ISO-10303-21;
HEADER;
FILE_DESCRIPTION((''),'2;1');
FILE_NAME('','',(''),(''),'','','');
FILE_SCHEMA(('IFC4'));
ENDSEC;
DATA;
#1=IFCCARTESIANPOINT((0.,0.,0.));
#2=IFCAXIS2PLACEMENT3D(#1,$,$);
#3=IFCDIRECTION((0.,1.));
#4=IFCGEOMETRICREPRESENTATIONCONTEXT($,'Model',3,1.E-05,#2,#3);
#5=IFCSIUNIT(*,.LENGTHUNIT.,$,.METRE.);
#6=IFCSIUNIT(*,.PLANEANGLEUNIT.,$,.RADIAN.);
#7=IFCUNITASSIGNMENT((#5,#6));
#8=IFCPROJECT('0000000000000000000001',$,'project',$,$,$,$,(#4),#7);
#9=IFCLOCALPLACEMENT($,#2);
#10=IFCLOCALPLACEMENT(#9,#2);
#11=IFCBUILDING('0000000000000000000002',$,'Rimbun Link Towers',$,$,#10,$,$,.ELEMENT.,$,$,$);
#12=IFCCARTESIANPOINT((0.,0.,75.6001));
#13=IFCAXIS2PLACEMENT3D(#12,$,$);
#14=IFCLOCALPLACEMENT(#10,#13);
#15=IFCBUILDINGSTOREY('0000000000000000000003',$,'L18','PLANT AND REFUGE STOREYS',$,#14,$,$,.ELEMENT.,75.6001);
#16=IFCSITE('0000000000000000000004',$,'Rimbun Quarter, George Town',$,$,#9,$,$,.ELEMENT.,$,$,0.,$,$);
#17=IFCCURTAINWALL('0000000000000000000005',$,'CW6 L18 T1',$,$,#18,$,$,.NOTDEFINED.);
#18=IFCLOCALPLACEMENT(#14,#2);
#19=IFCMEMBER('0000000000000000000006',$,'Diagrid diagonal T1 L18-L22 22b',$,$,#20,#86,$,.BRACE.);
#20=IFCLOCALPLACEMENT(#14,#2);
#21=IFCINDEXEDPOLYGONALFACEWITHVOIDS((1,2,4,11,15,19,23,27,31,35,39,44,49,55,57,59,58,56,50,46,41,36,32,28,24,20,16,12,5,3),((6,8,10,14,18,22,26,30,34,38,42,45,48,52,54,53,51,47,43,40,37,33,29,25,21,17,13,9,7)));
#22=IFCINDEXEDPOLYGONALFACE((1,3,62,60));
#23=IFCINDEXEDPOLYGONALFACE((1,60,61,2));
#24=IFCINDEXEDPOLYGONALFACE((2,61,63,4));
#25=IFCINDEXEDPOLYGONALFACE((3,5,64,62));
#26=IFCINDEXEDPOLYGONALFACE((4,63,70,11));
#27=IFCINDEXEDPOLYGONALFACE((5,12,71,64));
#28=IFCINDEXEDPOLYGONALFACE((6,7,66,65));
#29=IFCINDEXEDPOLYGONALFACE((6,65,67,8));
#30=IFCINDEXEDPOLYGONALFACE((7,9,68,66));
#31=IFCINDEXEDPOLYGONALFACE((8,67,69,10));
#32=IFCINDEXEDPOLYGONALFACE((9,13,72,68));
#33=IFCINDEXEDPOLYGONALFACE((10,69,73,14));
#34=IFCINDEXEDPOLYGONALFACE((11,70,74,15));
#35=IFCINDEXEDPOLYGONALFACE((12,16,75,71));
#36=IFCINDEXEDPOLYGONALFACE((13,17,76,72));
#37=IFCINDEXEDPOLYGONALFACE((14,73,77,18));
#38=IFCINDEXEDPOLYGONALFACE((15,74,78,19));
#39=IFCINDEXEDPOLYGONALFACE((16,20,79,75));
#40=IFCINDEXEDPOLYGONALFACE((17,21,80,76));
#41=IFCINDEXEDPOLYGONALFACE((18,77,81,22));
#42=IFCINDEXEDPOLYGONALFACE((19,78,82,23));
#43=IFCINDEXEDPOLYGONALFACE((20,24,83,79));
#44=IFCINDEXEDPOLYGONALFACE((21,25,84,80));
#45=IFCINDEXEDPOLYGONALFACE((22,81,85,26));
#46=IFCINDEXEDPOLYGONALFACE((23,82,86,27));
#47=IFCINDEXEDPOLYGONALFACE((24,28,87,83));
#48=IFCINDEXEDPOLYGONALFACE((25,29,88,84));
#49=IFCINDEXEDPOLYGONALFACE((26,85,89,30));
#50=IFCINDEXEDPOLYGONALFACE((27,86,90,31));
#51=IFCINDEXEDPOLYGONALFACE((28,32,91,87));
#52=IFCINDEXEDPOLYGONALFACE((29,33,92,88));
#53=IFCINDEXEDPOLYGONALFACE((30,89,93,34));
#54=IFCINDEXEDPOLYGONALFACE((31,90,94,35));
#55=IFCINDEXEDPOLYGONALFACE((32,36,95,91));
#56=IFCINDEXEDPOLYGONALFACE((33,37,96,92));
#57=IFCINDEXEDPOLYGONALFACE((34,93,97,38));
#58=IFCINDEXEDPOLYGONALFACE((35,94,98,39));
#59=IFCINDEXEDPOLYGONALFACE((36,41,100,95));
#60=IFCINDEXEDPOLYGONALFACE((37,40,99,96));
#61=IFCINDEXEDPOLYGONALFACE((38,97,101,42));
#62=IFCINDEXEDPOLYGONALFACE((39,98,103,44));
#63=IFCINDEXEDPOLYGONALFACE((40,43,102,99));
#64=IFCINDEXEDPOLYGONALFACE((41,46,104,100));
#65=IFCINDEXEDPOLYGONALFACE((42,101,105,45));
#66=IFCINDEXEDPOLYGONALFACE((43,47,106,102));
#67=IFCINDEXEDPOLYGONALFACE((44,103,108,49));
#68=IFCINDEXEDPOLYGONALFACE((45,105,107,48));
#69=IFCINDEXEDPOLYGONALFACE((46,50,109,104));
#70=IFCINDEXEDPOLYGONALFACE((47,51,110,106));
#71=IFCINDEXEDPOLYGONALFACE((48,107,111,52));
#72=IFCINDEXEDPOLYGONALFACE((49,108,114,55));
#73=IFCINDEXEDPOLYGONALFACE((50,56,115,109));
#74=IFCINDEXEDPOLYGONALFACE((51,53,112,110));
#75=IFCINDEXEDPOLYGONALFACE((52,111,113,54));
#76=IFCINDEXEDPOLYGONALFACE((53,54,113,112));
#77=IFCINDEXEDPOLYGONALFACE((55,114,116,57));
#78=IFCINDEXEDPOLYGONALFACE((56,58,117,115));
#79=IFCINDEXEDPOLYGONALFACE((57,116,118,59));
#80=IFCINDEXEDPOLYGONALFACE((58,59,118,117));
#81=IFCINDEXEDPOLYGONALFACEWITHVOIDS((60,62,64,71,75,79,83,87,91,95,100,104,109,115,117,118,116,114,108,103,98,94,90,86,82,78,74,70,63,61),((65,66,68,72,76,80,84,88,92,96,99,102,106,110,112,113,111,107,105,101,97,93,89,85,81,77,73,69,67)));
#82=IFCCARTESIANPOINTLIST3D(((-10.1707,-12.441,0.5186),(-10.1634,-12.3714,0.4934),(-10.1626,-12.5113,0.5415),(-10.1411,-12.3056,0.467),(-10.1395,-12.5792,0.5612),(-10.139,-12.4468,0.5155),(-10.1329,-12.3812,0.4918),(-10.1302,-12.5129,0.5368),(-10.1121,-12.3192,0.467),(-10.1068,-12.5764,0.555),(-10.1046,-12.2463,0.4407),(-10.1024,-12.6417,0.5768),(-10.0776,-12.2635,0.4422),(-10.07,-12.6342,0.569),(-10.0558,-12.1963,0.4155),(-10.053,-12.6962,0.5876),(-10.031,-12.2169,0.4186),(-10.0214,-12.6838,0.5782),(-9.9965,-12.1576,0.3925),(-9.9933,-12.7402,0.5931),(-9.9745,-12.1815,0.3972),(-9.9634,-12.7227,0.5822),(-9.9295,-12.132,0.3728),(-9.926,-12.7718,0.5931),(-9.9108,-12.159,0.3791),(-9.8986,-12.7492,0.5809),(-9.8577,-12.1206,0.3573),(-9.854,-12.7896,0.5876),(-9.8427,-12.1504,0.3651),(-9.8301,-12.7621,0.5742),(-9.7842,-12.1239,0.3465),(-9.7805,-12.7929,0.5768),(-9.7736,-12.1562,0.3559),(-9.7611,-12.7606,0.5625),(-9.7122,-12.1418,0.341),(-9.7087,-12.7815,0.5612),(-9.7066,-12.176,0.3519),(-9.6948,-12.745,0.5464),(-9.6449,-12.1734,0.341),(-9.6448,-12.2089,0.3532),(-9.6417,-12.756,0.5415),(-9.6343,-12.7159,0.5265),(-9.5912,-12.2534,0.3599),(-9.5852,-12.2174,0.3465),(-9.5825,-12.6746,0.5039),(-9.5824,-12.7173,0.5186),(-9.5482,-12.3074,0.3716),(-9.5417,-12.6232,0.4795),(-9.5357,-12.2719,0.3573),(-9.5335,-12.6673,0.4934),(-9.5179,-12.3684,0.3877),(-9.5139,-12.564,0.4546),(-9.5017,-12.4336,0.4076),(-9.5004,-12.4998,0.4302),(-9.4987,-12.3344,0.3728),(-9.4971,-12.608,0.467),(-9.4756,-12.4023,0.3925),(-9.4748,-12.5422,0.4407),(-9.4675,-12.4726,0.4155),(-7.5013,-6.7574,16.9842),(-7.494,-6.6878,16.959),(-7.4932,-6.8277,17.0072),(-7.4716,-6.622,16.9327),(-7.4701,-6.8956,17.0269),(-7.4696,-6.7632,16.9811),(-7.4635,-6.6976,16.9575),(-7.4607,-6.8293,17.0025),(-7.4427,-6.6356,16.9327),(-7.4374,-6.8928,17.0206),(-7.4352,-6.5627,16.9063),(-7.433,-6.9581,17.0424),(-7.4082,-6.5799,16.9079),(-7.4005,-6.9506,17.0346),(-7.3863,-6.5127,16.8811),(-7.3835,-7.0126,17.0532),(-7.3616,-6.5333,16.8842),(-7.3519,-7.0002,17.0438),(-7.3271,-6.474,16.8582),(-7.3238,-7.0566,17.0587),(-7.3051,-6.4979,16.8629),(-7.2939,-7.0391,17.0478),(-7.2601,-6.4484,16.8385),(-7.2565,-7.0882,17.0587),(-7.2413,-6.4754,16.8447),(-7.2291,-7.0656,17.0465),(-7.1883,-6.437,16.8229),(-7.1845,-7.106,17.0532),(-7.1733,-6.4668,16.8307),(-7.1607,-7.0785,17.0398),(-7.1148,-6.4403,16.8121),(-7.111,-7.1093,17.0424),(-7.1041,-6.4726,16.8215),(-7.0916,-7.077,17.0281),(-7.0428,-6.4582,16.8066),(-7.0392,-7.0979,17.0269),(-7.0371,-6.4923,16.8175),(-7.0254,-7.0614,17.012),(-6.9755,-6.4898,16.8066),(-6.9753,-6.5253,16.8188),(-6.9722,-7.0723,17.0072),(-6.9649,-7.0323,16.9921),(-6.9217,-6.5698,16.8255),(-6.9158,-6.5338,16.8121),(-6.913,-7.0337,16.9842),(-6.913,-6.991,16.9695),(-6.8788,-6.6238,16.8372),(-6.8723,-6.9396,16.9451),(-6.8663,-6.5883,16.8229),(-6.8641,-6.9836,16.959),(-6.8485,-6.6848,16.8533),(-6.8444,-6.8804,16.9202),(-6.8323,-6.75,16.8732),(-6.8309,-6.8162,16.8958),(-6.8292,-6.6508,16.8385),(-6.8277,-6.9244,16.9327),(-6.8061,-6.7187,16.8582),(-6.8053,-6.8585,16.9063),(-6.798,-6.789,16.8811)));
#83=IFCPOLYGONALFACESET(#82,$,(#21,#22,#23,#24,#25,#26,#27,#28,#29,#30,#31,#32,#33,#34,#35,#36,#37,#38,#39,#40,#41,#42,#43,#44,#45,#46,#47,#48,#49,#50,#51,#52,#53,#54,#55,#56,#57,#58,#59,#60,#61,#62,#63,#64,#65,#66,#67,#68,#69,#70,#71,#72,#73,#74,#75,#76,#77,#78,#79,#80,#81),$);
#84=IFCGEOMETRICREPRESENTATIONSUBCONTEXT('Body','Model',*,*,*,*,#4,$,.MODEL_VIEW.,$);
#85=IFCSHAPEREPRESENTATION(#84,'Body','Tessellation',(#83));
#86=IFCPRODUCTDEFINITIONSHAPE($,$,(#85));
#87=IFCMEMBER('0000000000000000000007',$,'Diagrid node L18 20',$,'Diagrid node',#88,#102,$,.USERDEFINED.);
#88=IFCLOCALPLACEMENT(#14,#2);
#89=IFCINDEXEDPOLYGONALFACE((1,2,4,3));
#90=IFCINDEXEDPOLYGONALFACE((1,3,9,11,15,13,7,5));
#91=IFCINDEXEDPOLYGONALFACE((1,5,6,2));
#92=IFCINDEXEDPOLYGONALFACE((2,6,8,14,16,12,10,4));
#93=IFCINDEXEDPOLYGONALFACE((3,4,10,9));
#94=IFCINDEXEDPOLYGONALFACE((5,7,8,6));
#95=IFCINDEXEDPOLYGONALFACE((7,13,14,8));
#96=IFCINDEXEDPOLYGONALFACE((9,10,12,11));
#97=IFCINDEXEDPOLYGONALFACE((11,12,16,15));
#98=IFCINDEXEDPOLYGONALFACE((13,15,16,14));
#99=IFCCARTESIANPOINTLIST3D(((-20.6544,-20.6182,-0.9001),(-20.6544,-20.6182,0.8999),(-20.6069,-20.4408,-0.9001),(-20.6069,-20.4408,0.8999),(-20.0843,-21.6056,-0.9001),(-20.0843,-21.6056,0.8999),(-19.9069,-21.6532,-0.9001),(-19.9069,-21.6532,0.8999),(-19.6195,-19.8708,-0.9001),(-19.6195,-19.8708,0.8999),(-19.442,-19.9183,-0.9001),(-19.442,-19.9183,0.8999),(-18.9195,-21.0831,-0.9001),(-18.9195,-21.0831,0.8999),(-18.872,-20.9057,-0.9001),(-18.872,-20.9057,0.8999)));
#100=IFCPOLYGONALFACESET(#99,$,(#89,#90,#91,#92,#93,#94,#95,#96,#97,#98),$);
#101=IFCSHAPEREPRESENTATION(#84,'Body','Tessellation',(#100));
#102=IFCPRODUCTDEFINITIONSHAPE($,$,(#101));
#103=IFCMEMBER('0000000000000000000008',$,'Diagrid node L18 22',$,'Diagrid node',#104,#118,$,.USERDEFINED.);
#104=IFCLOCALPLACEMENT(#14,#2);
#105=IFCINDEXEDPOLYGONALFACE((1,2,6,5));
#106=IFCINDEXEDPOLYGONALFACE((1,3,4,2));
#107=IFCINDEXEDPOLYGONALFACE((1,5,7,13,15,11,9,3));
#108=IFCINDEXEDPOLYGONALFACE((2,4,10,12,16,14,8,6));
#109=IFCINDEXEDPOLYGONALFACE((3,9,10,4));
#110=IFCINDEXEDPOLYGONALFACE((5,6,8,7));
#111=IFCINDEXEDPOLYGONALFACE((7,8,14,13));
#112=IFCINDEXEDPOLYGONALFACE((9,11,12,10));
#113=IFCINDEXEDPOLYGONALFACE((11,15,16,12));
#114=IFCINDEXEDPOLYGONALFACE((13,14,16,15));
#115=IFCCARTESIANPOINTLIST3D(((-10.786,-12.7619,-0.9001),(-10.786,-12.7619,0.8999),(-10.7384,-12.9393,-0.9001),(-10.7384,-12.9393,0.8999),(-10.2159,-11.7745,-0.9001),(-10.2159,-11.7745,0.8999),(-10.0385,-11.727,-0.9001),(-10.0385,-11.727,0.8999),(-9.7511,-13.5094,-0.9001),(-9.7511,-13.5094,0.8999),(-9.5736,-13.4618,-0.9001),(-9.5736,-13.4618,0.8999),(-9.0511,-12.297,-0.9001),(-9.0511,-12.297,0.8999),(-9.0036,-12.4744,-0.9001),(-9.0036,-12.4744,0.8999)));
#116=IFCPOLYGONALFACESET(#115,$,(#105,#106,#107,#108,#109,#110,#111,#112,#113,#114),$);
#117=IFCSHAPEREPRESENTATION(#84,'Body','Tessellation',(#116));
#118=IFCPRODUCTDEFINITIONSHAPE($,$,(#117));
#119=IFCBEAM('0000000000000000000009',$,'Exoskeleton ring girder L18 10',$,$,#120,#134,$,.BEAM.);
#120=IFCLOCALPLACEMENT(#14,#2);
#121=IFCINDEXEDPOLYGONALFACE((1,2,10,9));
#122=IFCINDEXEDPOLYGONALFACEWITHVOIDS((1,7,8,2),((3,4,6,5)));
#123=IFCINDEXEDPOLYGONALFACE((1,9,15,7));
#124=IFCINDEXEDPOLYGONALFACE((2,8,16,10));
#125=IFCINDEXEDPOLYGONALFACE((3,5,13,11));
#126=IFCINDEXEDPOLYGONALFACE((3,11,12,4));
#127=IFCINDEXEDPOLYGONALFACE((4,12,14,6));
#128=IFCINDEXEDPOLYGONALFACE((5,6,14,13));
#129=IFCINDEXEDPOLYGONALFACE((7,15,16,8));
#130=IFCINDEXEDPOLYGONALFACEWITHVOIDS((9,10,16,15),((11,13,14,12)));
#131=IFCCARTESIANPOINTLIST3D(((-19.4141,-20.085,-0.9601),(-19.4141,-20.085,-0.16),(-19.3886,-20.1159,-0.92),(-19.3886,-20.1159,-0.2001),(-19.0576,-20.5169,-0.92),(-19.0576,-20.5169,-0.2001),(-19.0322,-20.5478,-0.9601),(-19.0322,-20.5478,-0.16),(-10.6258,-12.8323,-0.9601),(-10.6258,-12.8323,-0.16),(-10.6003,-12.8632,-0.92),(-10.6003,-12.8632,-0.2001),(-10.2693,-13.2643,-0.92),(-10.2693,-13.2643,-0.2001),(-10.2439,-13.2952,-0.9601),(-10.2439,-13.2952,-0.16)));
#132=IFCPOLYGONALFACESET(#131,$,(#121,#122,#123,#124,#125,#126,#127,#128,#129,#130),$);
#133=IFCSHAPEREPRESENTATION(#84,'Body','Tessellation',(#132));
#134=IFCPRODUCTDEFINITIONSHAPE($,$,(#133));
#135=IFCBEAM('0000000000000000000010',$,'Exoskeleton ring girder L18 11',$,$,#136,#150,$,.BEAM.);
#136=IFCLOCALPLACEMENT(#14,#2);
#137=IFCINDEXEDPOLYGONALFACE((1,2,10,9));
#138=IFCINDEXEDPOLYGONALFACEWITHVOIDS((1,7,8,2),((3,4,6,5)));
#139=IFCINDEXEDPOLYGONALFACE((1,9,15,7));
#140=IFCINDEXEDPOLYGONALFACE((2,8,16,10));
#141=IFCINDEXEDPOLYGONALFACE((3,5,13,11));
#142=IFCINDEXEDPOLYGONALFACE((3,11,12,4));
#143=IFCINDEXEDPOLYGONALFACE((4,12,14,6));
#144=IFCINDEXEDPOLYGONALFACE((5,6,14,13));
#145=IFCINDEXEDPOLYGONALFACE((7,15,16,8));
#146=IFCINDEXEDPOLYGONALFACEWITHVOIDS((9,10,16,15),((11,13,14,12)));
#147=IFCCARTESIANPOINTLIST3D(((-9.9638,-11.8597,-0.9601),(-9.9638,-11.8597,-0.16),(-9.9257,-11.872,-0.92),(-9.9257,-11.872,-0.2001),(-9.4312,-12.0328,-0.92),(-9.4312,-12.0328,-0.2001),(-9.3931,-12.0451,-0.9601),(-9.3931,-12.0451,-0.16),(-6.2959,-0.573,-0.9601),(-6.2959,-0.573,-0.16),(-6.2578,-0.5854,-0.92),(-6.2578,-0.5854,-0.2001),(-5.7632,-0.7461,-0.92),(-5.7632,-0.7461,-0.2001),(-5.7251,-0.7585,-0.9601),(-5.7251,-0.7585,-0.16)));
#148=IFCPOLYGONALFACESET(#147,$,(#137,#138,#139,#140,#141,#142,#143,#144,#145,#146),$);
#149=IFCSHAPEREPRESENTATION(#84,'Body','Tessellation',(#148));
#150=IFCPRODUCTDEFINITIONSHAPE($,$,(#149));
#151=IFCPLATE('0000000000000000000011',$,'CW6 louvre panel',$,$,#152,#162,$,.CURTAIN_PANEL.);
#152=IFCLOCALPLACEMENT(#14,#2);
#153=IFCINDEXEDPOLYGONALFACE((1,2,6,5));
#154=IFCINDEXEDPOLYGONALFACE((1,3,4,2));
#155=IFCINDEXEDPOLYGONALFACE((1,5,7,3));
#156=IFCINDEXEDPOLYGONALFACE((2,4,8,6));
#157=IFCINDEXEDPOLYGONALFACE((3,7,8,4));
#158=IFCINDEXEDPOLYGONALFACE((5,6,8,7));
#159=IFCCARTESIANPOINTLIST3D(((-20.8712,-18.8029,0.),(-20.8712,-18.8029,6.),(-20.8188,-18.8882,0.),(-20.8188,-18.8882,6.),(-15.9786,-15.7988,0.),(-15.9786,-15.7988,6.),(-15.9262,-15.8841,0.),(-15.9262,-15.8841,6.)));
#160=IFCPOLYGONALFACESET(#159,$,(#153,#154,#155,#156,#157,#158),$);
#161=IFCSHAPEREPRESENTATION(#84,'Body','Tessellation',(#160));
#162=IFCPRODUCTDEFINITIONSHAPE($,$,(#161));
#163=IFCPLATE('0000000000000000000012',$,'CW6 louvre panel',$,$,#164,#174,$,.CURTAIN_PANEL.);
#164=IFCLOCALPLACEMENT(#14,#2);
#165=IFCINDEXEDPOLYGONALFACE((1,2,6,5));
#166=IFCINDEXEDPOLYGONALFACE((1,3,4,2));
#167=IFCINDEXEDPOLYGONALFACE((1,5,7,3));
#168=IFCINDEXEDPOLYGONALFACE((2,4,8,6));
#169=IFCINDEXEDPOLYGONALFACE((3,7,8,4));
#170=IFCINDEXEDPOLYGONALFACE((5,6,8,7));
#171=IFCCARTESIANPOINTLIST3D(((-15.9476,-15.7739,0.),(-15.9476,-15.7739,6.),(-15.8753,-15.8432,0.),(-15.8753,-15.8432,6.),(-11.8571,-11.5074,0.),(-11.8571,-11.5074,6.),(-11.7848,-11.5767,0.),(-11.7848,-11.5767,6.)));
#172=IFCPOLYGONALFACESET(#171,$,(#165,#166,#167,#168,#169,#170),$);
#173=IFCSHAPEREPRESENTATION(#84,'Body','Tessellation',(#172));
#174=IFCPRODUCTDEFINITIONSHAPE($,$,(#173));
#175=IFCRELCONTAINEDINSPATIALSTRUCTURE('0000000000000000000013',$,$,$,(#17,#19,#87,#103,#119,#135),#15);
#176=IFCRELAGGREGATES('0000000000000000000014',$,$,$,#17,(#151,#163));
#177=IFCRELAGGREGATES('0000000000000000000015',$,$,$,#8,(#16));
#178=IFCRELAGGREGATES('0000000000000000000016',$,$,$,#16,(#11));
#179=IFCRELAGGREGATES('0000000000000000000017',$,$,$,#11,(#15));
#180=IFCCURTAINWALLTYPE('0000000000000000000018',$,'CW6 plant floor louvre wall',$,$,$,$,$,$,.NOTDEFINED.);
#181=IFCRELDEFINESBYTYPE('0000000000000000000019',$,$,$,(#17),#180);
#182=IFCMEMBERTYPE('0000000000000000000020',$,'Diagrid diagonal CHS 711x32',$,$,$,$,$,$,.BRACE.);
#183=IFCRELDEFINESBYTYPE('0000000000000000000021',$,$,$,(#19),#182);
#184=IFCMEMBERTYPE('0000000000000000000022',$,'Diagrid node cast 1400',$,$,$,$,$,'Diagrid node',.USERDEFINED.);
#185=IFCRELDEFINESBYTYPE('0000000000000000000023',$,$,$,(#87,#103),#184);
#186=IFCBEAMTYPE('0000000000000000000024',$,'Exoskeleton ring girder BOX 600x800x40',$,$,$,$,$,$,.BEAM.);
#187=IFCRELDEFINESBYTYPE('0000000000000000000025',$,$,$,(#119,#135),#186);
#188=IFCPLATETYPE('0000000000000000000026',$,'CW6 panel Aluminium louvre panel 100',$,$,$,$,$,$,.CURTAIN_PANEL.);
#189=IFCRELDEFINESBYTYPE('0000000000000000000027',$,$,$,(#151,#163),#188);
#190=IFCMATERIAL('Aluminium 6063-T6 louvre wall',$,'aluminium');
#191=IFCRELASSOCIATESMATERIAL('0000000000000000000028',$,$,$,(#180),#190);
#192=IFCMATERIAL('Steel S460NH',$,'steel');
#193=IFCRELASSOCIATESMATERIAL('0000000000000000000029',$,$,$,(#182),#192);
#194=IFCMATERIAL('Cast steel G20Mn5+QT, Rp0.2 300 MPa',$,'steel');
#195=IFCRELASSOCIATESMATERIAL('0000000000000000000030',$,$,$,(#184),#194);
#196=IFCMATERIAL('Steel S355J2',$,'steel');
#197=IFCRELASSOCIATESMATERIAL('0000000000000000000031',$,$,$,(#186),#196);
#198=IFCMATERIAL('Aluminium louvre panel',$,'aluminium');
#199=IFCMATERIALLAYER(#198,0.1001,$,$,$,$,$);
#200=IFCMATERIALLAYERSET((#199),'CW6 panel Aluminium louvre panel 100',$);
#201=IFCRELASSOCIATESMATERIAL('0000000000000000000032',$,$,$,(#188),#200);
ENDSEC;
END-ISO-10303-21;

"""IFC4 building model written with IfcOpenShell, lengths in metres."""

from ifc_helpers import new_model, si_unit, direction, frame, origin, origin_2d, place, context, subcontext, project, spatial, polyline, rectangle, hollow_rectangle, hollow_circle, outline, extrude, material, layer, layer_set, material_profile, profile_set, type_object, element, aggregate, save


model = new_model("IFC4")

# Units and contexts
model_context = context("Model", 3, precision=1e-05, world=origin(), true_north=direction((0.0, 1.0)))
body_context = subcontext(model_context, "Body", "Model", "MODEL_VIEW")
ifc_project = project(units=[si_unit("LENGTHUNIT", "METRE"), si_unit("PLANEANGLEUNIT", "RADIAN")], contexts=[model_context])

# Site, building, storey
site_placement = place(None, origin())
site = spatial("IfcSite", under=ifc_project, at=site_placement, Name="Rimbun Quarter, George Town", CompositionType="ELEMENT", RefElevation=0.0)
building_placement = place(site_placement, origin())
building = spatial("IfcBuilding", under=site, at=building_placement, Name="Rimbun Link Towers", CompositionType="ELEMENT")
storey_placement = place(building_placement, frame((0.0, 0.0, 75.6001)))
storey = spatial("IfcBuildingStorey", under=building, at=storey_placement, Name="L18", Description="PLANT AND REFUGE STOREYS", CompositionType="ELEMENT", Elevation=75.6001)

# Curtain wall
ifc_material_1 = material(Name="Aluminium 6063-T6 louvre wall", Category="aluminium")
curtain_wall_type = type_object("IfcCurtainWallType", Name="CW6 plant floor louvre wall", PredefinedType="NOTDEFINED", material=ifc_material_1)
curtain_wall_placement = place(storey_placement, origin())
curtain_wall = element("IfcCurtainWall", 1, at=curtain_wall_placement, inside=storey, type_object=curtain_wall_type, Name="CW6 L18 T1", PredefinedType="NOTDEFINED")

# Members
ifc_material_2 = material(Name="Steel S460NH", Category="steel")
ifc_material_profile_1 = material_profile(ifc_material_2, hollow_circle(Radius=0.3557, WallThickness=0.032, at=origin_2d()), Name="Diagrid diagonal CHS 711x32")
ifc_profile_set_1 = profile_set([ifc_material_profile_1], Name="Steel S460NH")
member_type_1 = type_object("IfcMemberType", Name="Diagrid diagonal CHS 711x32", PredefinedType="BRACE", material=ifc_profile_set_1)
member_1_placement = place(storey_placement, frame((-9.8191, -12.4568, 0.467), z_axis=(0.151481, 0.322523, 0.934362), x_axis=(-0.905137, 0.425119, 0.0)))
element("IfcMember", 2, at=member_1_placement, inside=storey, type_object=member_type_1, Name="Diagrid diagonal T1 L18-L22 22b", PredefinedType="BRACE", context=body_context, shape_type="SweptSolid", body=[
    extrude(hollow_circle(Radius=0.3557, WallThickness=0.032, at=origin_2d()), origin(), (0.0, 0.0, 1.0), 17.6223),
])
ifc_material_3 = material(Name="Cast steel G20Mn5+QT, Rp0.2 300 MPa", Category="steel")
ifc_material_profile_2 = material_profile(ifc_material_3, outline(polyline([(0.7, -0.5701), (0.7, 0.5701), (0.5701, 0.7), (-0.5701, 0.7), (-0.7, 0.5701), (-0.7, -0.5701), (-0.5701, -0.7), (0.5701, -0.7), (0.7, -0.5701)])), Name="NODE 1400x1400")
ifc_profile_set_2 = profile_set([ifc_material_profile_2], Name="Cast steel G20Mn5+QT, Rp0.2 300 MPa")
member_type_2 = type_object("IfcMemberType", Name="Diagrid node cast 1400", ElementType="Diagrid node", PredefinedType="USERDEFINED", material=ifc_profile_set_2)
for number, where, z_axis, x_axis, name in (
    (3, (-19.7632, -20.762, -0.9001), (0.0, 0.0, 1.0), (0.5, -0.866025, 0.0), "Diagrid node L18 20"),
    (4, (-9.8948, -12.6182, -0.9001), (0.0, 0.0, 1.0), (0.866025, -0.5, 0.0), "Diagrid node L18 22"),
):
    element("IfcMember", number, at=place(storey_placement, frame(where, z_axis=z_axis, x_axis=x_axis)), inside=storey, type_object=member_type_2, Name=name, ObjectType="Diagrid node", PredefinedType="USERDEFINED", context=body_context, shape_type="SweptSolid", body=[
        extrude(outline(polyline([(0.7, -0.5701), (0.7, 0.5701), (0.5701, 0.7), (-0.5701, 0.7), (-0.7, 0.5701), (-0.7, -0.5701), (-0.5701, -0.7), (0.5701, -0.7), (0.7, -0.5701)])), origin(), (0.0, 0.0, 1.0), 1.8),
    ])

# Beams
ifc_material_4 = material(Name="Steel S355J2", Category="steel")
ifc_material_profile_3 = material_profile(ifc_material_4, hollow_rectangle(XDim=0.6001, YDim=0.8, WallThickness=0.04, at=origin_2d()), Name="Exoskeleton ring girder BOX 600x800x40")
ifc_profile_set_3 = profile_set([ifc_material_profile_3], Name="Steel S355J2")
beam_type = type_object("IfcBeamType", Name="Exoskeleton ring girder BOX 600x800x40", PredefinedType="BEAM", material=ifc_profile_set_3)
beam_1_placement = place(storey_placement, frame((-19.2231, -20.3164, -0.5601), z_axis=(0.771274, 0.636504, 0.0), x_axis=(-0.636504, 0.771274, 0.0)))
element("IfcBeam", 5, at=beam_1_placement, inside=storey, type_object=beam_type, Name="Exoskeleton ring girder L18 10", PredefinedType="BEAM", context=body_context, shape_type="SweptSolid", body=[
    extrude(hollow_rectangle(XDim=0.6001, YDim=0.8, WallThickness=0.04, at=origin_2d()), origin(), (0.0, 0.0, 1.0), 11.3945),
])
beam_2_placement = place(storey_placement, frame((-9.6785, -11.9524, -0.5601), z_axis=(0.309072, 0.951039, 0.0), x_axis=(-0.951039, 0.309072, 0.0)))
element("IfcBeam", 6, at=beam_2_placement, inside=storey, type_object=beam_type, Name="Exoskeleton ring girder L18 11", PredefinedType="BEAM", context=body_context, shape_type="SweptSolid", body=[
    extrude(hollow_rectangle(XDim=0.6001, YDim=0.8, WallThickness=0.04, at=origin_2d()), origin(), (0.0, 0.0, 1.0), 11.8677),
])

# Plates
ifc_material_5 = material(Name="Aluminium louvre panel", Category="aluminium")
ifc_layer = layer(ifc_material_5, 0.1001)
ifc_layer_set = layer_set([ifc_layer], Name="CW6 panel Aluminium louvre panel 100")
plate_type = type_object("IfcPlateType", Name="CW6 panel Aluminium louvre panel 100", PredefinedType="CURTAIN_PANEL", material=ifc_layer_set)
plate_1_placement = place(storey_placement, frame((-18.3987, -17.3435, 0.0), z_axis=(0.0, 0.0, 1.0), x_axis=(-0.852187, -0.523237, 0.0)))
plate_1 = element("IfcPlate", 7, at=plate_1_placement, type_object=plate_type, Name="CW6 louvre panel", PredefinedType="CURTAIN_PANEL", context=body_context, shape_type="SweptSolid", body=[
    extrude(rectangle(XDim=5.7412, YDim=0.1001, at=origin_2d()), origin(), (0.0, 0.0, 1.0), 6.0),
])
plate_2_placement = place(storey_placement, frame((-13.8662, -13.6753, 0.0), z_axis=(0.0, 0.0, 1.0), x_axis=(-0.692061, -0.721839, 0.0)))
plate_2 = element("IfcPlate", 8, at=plate_2_placement, type_object=plate_type, Name="CW6 louvre panel", PredefinedType="CURTAIN_PANEL", context=body_context, shape_type="SweptSolid", body=[
    extrude(rectangle(XDim=5.9106, YDim=0.1001, at=origin_2d()), origin(), (0.0, 0.0, 1.0), 6.0),
])
aggregate(curtain_wall, [plate_1, plate_2])

save(model, "model.ifc")
